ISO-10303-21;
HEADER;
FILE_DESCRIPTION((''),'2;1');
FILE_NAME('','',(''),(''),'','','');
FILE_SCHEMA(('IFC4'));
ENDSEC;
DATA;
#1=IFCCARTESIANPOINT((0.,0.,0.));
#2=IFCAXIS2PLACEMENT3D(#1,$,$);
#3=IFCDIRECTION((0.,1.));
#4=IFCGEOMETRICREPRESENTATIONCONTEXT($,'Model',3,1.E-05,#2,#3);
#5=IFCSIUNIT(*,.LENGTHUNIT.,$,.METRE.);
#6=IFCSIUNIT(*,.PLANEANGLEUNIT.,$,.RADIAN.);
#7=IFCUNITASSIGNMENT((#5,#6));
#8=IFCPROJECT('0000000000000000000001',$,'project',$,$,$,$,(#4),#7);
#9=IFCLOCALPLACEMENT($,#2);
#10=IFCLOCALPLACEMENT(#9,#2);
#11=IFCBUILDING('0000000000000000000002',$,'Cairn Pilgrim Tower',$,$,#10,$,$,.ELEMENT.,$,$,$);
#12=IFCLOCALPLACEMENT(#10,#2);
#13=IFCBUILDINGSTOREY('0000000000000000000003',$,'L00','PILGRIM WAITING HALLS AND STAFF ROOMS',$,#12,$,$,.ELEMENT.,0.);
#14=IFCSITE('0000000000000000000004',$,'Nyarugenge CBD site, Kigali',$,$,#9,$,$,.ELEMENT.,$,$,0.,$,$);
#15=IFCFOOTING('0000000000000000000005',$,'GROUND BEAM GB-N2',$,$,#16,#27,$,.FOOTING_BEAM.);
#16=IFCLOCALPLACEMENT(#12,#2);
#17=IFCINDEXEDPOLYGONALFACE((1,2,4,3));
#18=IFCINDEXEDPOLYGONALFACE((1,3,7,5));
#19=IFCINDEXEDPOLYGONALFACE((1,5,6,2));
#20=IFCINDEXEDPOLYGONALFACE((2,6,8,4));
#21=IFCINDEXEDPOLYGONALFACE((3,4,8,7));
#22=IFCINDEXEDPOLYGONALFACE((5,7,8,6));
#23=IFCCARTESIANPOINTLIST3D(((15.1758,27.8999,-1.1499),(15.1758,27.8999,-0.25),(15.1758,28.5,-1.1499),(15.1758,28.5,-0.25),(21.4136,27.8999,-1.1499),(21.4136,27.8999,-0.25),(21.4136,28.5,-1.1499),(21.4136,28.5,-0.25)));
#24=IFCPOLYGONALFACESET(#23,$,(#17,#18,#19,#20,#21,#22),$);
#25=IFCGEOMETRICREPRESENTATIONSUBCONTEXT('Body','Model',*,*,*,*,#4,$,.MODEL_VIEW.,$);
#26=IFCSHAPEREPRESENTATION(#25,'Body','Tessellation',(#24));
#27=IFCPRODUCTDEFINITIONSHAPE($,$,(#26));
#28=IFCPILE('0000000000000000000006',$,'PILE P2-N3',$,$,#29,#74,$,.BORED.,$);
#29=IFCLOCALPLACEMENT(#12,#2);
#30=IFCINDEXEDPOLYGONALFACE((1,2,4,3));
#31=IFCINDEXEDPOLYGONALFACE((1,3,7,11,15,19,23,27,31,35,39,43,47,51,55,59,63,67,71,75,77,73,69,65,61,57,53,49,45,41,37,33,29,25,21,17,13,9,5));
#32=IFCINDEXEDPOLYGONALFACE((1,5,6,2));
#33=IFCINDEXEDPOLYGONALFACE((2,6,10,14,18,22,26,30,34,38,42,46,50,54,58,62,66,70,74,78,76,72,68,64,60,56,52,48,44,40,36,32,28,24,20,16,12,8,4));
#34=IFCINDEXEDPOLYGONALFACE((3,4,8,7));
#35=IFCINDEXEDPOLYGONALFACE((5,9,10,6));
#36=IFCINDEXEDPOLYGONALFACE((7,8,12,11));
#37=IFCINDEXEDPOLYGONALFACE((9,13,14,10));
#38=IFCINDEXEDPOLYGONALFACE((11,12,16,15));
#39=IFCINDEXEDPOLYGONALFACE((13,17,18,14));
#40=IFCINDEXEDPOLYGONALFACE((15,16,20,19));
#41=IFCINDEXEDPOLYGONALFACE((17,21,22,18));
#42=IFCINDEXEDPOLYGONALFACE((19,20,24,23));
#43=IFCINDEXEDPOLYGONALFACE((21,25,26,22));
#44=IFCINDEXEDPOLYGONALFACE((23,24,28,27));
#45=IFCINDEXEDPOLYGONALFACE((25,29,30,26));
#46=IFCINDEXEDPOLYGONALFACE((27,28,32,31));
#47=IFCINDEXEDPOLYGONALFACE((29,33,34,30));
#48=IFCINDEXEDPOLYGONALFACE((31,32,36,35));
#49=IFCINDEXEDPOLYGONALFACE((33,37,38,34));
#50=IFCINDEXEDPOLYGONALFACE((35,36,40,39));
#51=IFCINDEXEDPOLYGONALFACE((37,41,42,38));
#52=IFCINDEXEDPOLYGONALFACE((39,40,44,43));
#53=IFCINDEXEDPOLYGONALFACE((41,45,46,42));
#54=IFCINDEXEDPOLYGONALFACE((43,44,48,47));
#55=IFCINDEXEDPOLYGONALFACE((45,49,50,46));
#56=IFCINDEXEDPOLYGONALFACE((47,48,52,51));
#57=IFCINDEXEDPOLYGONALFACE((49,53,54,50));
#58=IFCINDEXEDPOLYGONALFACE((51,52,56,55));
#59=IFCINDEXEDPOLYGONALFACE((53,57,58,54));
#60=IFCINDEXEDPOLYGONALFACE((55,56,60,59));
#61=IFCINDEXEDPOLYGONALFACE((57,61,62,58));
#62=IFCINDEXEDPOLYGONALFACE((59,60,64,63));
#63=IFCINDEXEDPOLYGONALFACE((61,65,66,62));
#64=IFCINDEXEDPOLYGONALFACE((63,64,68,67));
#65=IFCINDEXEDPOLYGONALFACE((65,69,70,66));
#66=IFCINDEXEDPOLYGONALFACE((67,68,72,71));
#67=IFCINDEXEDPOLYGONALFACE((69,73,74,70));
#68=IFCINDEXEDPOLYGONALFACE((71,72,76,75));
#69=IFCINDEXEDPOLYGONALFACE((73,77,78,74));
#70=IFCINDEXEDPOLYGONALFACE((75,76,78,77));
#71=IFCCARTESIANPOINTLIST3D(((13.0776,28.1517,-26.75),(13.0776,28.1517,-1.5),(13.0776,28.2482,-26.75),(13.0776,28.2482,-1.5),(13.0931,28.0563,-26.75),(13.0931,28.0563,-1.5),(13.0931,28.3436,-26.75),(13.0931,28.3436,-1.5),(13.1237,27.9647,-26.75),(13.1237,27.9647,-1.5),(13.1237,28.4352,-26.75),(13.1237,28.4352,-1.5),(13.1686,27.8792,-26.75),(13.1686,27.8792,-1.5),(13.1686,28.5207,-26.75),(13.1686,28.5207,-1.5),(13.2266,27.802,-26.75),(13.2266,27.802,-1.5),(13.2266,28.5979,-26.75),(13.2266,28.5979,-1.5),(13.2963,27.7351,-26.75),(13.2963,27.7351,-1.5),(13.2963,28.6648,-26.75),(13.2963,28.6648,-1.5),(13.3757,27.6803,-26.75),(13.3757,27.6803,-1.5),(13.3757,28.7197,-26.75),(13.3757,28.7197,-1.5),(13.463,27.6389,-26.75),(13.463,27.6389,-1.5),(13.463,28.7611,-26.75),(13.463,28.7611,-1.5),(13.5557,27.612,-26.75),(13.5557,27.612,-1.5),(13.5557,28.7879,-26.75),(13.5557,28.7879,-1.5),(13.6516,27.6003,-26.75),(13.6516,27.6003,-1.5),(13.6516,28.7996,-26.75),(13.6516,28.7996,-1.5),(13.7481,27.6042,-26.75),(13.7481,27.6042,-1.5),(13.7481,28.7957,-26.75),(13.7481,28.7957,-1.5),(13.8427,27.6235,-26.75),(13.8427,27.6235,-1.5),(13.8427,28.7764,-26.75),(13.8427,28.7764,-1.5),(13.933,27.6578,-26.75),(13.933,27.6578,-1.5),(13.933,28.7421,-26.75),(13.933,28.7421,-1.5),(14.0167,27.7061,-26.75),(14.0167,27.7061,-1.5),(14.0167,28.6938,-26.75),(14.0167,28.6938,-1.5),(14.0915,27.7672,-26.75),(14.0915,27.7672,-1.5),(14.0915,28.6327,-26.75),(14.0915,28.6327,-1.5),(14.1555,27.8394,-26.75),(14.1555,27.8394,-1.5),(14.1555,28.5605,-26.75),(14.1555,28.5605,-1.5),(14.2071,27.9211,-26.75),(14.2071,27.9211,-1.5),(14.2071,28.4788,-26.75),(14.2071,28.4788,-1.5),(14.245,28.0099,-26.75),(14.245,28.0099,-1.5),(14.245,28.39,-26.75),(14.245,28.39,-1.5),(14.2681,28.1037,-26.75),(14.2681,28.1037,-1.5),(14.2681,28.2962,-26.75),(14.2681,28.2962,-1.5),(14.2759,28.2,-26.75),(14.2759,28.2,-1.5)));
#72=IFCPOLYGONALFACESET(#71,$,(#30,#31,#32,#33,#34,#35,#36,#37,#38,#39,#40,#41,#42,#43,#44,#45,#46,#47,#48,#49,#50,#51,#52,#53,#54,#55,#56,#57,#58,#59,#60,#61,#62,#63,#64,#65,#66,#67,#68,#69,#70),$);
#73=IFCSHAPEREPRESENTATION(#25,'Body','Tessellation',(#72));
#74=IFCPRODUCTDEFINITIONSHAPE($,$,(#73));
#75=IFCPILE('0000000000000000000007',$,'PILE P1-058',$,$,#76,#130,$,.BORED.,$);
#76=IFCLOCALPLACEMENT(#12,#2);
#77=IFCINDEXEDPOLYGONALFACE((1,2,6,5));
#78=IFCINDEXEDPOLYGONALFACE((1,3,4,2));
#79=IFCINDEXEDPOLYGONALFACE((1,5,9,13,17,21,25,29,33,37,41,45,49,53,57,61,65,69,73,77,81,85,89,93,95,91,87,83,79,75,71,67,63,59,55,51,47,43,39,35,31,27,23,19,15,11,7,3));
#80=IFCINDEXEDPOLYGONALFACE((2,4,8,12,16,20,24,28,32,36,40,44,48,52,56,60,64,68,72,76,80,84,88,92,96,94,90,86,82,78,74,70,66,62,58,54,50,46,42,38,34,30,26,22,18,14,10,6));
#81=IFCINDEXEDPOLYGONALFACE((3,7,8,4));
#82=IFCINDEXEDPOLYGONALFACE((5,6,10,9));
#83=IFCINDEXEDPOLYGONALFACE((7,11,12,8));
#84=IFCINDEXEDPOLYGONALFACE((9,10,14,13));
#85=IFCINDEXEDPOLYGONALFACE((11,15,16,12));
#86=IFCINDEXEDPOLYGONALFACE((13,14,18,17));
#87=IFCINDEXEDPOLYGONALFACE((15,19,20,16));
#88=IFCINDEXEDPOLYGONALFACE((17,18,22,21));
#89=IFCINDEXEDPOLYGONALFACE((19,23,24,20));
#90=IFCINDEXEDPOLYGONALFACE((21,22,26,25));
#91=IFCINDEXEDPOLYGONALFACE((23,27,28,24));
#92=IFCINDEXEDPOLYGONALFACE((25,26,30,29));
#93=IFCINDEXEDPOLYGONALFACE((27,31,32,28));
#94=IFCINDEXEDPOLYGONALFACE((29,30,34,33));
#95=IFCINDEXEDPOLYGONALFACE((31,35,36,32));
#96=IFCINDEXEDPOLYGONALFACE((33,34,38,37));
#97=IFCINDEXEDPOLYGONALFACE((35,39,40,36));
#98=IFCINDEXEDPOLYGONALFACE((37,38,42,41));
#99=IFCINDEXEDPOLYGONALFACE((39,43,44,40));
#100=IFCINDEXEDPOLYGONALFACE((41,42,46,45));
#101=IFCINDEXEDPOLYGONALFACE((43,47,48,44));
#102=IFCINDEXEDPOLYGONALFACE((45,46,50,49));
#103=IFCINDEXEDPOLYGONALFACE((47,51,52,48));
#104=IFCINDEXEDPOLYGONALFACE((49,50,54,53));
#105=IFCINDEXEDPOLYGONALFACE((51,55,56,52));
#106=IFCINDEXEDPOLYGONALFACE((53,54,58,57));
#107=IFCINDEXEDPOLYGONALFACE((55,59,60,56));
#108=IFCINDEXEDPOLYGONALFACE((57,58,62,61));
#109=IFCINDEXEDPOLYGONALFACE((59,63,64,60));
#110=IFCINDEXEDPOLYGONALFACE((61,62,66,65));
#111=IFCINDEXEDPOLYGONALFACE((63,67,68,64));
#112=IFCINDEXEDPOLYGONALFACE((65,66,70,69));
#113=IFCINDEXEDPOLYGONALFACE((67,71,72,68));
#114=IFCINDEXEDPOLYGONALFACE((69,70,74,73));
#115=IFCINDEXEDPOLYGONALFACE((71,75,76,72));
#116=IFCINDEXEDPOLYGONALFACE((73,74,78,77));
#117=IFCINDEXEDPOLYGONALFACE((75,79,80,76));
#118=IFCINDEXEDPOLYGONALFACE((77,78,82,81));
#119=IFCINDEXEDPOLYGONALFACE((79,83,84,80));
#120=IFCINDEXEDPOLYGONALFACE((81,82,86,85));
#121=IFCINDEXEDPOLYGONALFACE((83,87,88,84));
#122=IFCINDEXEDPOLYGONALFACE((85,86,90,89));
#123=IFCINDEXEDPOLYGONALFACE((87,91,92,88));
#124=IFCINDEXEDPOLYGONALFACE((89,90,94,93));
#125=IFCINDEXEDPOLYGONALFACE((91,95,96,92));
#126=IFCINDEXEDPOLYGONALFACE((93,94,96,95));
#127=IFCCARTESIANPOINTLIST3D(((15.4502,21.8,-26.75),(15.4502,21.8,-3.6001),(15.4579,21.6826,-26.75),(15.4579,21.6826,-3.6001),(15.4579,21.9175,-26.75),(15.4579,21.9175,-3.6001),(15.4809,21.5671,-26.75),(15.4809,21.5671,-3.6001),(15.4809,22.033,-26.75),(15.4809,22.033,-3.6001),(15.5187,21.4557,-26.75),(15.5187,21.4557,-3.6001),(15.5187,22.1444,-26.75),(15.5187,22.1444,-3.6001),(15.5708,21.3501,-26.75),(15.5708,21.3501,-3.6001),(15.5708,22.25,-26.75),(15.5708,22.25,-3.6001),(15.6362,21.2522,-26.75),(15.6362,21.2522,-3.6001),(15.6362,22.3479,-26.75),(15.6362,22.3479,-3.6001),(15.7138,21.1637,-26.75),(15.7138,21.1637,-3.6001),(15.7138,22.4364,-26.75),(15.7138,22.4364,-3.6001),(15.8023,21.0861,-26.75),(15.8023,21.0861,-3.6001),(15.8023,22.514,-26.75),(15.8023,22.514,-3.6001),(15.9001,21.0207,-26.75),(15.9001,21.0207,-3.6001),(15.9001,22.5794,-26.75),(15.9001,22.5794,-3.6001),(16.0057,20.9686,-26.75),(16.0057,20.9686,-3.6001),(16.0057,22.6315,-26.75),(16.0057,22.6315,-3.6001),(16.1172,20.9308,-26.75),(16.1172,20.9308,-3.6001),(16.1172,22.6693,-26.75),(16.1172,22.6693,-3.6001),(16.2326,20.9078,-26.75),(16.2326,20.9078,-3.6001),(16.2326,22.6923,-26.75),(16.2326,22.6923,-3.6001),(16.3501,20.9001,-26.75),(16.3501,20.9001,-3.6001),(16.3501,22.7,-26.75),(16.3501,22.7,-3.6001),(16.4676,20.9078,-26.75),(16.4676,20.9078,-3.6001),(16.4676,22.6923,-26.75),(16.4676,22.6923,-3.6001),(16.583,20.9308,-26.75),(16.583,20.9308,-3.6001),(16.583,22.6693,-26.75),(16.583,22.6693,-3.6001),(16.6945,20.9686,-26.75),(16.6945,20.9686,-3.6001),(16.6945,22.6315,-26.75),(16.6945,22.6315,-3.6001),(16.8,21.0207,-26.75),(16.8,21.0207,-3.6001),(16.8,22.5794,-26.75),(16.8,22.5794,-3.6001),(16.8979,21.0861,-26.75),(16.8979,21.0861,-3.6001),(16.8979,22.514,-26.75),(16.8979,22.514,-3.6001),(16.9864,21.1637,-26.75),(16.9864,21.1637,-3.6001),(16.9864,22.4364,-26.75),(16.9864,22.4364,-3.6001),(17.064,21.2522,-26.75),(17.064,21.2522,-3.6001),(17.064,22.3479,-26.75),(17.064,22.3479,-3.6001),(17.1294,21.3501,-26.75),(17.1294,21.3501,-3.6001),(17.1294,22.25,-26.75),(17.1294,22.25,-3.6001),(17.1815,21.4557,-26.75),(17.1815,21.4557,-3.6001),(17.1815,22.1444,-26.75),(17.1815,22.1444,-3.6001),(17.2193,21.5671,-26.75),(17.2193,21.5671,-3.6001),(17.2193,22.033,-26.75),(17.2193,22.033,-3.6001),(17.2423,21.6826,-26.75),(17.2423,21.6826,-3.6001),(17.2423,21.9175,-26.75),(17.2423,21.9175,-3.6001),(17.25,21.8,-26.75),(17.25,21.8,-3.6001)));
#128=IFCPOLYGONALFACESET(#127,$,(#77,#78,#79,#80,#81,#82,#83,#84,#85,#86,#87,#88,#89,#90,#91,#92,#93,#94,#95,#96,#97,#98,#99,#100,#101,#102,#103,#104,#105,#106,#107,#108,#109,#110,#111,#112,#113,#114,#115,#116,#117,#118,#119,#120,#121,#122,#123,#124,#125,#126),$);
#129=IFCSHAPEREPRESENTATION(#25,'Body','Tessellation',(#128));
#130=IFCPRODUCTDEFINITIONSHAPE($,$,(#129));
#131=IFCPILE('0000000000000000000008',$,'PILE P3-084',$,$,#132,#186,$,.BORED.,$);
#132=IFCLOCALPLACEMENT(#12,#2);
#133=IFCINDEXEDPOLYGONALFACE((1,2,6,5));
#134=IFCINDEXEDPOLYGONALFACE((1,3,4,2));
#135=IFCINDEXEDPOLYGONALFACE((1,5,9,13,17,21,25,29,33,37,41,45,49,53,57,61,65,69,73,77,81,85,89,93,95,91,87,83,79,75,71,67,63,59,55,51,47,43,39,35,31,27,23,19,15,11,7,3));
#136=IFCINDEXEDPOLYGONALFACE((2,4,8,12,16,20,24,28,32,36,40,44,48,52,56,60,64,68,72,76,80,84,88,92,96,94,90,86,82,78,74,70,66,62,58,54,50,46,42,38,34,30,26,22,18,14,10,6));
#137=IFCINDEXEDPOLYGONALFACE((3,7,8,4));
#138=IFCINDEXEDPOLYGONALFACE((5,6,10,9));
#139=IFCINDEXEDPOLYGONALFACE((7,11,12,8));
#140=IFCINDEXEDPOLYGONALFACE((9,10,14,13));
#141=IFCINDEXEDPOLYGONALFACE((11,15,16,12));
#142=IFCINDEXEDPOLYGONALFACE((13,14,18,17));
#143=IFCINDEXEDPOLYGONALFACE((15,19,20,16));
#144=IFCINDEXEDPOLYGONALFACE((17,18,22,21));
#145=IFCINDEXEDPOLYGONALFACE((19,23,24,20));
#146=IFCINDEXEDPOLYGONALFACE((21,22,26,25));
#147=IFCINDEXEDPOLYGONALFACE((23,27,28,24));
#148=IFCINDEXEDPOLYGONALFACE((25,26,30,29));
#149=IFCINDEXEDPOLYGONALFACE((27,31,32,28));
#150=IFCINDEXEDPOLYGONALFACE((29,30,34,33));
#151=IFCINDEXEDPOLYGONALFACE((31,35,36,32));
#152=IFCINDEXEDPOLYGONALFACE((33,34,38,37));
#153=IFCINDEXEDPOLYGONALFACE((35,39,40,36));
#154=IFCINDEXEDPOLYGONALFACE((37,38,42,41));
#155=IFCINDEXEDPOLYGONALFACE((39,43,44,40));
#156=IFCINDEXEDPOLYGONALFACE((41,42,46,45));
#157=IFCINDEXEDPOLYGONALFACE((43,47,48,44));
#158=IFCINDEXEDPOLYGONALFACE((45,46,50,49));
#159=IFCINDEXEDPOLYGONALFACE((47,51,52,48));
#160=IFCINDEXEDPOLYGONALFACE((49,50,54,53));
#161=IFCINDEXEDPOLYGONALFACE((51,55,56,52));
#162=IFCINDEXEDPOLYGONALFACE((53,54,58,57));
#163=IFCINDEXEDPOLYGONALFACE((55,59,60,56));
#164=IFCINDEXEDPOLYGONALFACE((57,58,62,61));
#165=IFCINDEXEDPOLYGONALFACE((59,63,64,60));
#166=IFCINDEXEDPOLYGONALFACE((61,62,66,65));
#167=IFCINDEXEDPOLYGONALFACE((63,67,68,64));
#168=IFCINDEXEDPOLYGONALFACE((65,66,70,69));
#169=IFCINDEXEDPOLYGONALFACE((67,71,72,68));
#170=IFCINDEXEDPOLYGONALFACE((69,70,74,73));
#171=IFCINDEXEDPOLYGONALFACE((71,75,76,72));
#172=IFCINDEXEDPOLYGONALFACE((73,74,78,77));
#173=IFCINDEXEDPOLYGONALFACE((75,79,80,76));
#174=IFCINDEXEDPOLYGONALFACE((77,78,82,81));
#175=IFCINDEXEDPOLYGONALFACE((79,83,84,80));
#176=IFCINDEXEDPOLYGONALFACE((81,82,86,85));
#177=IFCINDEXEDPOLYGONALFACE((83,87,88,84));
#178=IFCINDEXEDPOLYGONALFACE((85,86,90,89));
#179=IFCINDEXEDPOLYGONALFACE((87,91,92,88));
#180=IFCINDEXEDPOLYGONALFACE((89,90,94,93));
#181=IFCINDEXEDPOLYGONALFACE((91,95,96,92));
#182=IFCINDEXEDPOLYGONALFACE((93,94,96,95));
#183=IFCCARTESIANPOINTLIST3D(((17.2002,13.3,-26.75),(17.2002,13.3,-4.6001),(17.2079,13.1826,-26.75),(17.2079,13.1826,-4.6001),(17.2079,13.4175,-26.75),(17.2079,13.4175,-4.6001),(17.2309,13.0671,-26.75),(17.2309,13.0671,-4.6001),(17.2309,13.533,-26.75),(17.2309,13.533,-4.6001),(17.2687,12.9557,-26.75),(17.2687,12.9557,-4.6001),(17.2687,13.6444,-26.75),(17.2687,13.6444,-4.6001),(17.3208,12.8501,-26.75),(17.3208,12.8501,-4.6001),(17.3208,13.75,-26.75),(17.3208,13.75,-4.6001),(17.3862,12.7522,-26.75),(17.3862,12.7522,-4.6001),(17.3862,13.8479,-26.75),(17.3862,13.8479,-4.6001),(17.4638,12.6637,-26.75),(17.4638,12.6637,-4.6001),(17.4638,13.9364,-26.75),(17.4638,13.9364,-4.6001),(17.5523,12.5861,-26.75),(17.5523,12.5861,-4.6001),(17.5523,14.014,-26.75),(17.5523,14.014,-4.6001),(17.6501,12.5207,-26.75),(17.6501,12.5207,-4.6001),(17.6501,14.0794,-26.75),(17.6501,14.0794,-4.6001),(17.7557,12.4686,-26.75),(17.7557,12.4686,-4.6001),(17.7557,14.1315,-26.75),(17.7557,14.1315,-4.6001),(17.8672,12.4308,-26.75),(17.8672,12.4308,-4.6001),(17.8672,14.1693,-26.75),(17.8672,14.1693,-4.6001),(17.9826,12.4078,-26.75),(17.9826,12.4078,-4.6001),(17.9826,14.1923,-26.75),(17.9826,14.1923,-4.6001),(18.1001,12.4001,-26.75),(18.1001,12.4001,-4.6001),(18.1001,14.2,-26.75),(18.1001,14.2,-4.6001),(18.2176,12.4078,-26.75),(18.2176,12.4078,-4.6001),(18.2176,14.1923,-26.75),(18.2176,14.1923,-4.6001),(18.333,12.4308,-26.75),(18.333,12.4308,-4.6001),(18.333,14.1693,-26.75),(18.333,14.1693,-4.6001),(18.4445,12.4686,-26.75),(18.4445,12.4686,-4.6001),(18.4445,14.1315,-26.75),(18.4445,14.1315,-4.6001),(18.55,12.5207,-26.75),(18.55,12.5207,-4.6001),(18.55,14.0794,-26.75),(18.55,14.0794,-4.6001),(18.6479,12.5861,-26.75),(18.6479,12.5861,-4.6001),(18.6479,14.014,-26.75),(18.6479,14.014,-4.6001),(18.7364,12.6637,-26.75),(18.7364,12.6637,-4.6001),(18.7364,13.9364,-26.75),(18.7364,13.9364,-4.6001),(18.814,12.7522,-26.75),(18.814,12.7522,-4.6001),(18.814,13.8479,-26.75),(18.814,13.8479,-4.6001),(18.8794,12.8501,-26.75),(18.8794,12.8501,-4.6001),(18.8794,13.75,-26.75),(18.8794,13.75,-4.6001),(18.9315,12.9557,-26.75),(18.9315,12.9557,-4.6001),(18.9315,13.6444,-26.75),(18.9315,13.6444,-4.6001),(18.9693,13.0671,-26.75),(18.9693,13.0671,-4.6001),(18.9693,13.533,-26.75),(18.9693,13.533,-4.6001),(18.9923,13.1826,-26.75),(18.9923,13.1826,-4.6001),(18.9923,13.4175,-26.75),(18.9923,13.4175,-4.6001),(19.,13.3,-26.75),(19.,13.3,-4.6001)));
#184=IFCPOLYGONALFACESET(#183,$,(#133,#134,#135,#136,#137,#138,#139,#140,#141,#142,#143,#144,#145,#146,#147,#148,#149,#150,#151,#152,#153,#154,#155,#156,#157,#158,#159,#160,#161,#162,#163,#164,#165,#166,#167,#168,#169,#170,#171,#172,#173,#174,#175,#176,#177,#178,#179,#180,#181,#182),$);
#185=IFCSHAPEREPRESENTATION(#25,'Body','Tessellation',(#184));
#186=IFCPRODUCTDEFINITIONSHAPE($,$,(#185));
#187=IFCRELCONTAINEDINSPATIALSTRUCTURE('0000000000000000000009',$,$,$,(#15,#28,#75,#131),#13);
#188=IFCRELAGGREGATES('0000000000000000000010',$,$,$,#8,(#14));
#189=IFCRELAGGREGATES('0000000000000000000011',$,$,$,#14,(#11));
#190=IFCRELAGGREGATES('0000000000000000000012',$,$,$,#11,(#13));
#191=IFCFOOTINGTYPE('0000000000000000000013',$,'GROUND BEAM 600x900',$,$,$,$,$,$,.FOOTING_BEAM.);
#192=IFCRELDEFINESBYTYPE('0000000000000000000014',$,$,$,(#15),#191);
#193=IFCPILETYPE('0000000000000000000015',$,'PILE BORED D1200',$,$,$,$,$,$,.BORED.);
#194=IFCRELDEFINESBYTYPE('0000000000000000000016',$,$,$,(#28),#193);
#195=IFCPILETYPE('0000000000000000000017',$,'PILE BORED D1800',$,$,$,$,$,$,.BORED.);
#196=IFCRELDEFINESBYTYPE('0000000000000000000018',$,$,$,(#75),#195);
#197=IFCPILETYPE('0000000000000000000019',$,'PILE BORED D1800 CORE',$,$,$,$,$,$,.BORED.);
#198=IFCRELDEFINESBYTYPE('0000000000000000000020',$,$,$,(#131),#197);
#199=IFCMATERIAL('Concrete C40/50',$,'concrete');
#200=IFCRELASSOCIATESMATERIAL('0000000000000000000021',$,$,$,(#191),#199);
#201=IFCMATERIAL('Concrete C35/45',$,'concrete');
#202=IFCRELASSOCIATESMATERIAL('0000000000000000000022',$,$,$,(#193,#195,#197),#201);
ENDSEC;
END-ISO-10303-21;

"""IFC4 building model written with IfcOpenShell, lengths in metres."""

from ifc_helpers import new_model, si_unit, direction, frame, origin, origin_2d, place, context, subcontext, project, spatial, rectangle, circle, extrude, material, material_profile, profile_set, type_object, element, save


model = new_model("IFC4")

# Units and contexts
model_context = context("Model", 3, precision=1e-05, world=origin(), true_north=direction((0.0, 1.0)))
body_context = subcontext(model_context, "Body", "Model", "MODEL_VIEW")
ifc_project = project(units=[si_unit("LENGTHUNIT", "METRE"), si_unit("PLANEANGLEUNIT", "RADIAN")], contexts=[model_context])

# Site, building, storey
site_placement = place(None, origin())
site = spatial("IfcSite", under=ifc_project, at=site_placement, Name="Nyarugenge CBD site, Kigali", CompositionType="ELEMENT", RefElevation=0.0)
building_placement = place(site_placement, origin())
building = spatial("IfcBuilding", under=site, at=building_placement, Name="Cairn Pilgrim Tower", CompositionType="ELEMENT")
storey_placement = place(building_placement, origin())
storey = spatial("IfcBuildingStorey", under=building, at=storey_placement, Name="L00", Description="PILGRIM WAITING HALLS AND STAFF ROOMS", CompositionType="ELEMENT", Elevation=0.0)

# Footing
ifc_material_1 = material(Name="Concrete C40/50", Category="concrete")
footing_type_1 = type_object("IfcFootingType", Name="GROUND BEAM 600x900", PredefinedType="FOOTING_BEAM", material=ifc_material_1)
footing_1_placement = place(storey_placement, frame((18.2947, 28.2, -1.1499), z_axis=(0.0, 0.0, 1.0), x_axis=(-1.0, 0.0, 0.0)))
element("IfcFooting", 1, at=footing_1_placement, inside=storey, type_object=footing_type_1, Name="GROUND BEAM GB-N2", PredefinedType="FOOTING_BEAM", context=body_context, shape_type="SweptSolid", body=[
    extrude(rectangle(XDim=6.2378, YDim=0.6001, at=origin_2d()), origin(), (0.0, 0.0, 1.0), 0.8999),
])

# Piles
ifc_material_2 = material(Name="Concrete C35/45", Category="concrete")
ifc_material_profile_1 = material_profile(ifc_material_2, circle(Radius=0.6001, at=origin_2d()), Name="D1200")
ifc_profile_set_1 = profile_set([ifc_material_profile_1], Name="Concrete C35/45")
pile_type_1 = type_object("IfcPileType", Name="PILE BORED D1200", PredefinedType="BORED", material=ifc_profile_set_1)
pile_1_placement = place(storey_placement, frame((13.6758, 28.2, -1.5), z_axis=(0.0, 0.0, -1.0), x_axis=(1.0, 0.0, 0.0)))
element("IfcPile", 2, at=pile_1_placement, inside=storey, type_object=pile_type_1, Name="PILE P2-N3", PredefinedType="BORED", context=body_context, shape_type="SweptSolid", body=[
    extrude(circle(Radius=0.6001, at=origin_2d()), origin(), (0.0, 0.0, 1.0), 25.25),
])
ifc_material_profile_2 = material_profile(ifc_material_2, circle(Radius=0.8999, at=origin_2d()), Name="D1800")
ifc_profile_set_2 = profile_set([ifc_material_profile_2], Name="Concrete C35/45")
pile_type_2 = type_object("IfcPileType", Name="PILE BORED D1800", PredefinedType="BORED", material=ifc_profile_set_2)
pile_2_placement = place(storey_placement, frame((16.3501, 21.8, -3.6001), z_axis=(0.0, 0.0, -1.0), x_axis=(1.0, 0.0, 0.0)))
element("IfcPile", 3, at=pile_2_placement, inside=storey, type_object=pile_type_2, Name="PILE P1-058", PredefinedType="BORED", context=body_context, shape_type="SweptSolid", body=[
    extrude(circle(Radius=0.8999, at=origin_2d()), origin(), (0.0, 0.0, 1.0), 23.1499),
])
ifc_material_profile_3 = material_profile(ifc_material_2, circle(Radius=0.8999, at=origin_2d()), Name="D1800")
ifc_profile_set_3 = profile_set([ifc_material_profile_3], Name="Concrete C35/45")
pile_type_3 = type_object("IfcPileType", Name="PILE BORED D1800 CORE", PredefinedType="BORED", material=ifc_profile_set_3)
pile_3_placement = place(storey_placement, frame((18.1001, 13.3, -4.6001), z_axis=(0.0, 0.0, -1.0), x_axis=(1.0, 0.0, 0.0)))
element("IfcPile", 4, at=pile_3_placement, inside=storey, type_object=pile_type_3, Name="PILE P3-084", PredefinedType="BORED", context=body_context, shape_type="SweptSolid", body=[
    extrude(circle(Radius=0.8999, at=origin_2d()), origin(), (0.0, 0.0, 1.0), 22.1499),
])

save(model, "model.ifc")
